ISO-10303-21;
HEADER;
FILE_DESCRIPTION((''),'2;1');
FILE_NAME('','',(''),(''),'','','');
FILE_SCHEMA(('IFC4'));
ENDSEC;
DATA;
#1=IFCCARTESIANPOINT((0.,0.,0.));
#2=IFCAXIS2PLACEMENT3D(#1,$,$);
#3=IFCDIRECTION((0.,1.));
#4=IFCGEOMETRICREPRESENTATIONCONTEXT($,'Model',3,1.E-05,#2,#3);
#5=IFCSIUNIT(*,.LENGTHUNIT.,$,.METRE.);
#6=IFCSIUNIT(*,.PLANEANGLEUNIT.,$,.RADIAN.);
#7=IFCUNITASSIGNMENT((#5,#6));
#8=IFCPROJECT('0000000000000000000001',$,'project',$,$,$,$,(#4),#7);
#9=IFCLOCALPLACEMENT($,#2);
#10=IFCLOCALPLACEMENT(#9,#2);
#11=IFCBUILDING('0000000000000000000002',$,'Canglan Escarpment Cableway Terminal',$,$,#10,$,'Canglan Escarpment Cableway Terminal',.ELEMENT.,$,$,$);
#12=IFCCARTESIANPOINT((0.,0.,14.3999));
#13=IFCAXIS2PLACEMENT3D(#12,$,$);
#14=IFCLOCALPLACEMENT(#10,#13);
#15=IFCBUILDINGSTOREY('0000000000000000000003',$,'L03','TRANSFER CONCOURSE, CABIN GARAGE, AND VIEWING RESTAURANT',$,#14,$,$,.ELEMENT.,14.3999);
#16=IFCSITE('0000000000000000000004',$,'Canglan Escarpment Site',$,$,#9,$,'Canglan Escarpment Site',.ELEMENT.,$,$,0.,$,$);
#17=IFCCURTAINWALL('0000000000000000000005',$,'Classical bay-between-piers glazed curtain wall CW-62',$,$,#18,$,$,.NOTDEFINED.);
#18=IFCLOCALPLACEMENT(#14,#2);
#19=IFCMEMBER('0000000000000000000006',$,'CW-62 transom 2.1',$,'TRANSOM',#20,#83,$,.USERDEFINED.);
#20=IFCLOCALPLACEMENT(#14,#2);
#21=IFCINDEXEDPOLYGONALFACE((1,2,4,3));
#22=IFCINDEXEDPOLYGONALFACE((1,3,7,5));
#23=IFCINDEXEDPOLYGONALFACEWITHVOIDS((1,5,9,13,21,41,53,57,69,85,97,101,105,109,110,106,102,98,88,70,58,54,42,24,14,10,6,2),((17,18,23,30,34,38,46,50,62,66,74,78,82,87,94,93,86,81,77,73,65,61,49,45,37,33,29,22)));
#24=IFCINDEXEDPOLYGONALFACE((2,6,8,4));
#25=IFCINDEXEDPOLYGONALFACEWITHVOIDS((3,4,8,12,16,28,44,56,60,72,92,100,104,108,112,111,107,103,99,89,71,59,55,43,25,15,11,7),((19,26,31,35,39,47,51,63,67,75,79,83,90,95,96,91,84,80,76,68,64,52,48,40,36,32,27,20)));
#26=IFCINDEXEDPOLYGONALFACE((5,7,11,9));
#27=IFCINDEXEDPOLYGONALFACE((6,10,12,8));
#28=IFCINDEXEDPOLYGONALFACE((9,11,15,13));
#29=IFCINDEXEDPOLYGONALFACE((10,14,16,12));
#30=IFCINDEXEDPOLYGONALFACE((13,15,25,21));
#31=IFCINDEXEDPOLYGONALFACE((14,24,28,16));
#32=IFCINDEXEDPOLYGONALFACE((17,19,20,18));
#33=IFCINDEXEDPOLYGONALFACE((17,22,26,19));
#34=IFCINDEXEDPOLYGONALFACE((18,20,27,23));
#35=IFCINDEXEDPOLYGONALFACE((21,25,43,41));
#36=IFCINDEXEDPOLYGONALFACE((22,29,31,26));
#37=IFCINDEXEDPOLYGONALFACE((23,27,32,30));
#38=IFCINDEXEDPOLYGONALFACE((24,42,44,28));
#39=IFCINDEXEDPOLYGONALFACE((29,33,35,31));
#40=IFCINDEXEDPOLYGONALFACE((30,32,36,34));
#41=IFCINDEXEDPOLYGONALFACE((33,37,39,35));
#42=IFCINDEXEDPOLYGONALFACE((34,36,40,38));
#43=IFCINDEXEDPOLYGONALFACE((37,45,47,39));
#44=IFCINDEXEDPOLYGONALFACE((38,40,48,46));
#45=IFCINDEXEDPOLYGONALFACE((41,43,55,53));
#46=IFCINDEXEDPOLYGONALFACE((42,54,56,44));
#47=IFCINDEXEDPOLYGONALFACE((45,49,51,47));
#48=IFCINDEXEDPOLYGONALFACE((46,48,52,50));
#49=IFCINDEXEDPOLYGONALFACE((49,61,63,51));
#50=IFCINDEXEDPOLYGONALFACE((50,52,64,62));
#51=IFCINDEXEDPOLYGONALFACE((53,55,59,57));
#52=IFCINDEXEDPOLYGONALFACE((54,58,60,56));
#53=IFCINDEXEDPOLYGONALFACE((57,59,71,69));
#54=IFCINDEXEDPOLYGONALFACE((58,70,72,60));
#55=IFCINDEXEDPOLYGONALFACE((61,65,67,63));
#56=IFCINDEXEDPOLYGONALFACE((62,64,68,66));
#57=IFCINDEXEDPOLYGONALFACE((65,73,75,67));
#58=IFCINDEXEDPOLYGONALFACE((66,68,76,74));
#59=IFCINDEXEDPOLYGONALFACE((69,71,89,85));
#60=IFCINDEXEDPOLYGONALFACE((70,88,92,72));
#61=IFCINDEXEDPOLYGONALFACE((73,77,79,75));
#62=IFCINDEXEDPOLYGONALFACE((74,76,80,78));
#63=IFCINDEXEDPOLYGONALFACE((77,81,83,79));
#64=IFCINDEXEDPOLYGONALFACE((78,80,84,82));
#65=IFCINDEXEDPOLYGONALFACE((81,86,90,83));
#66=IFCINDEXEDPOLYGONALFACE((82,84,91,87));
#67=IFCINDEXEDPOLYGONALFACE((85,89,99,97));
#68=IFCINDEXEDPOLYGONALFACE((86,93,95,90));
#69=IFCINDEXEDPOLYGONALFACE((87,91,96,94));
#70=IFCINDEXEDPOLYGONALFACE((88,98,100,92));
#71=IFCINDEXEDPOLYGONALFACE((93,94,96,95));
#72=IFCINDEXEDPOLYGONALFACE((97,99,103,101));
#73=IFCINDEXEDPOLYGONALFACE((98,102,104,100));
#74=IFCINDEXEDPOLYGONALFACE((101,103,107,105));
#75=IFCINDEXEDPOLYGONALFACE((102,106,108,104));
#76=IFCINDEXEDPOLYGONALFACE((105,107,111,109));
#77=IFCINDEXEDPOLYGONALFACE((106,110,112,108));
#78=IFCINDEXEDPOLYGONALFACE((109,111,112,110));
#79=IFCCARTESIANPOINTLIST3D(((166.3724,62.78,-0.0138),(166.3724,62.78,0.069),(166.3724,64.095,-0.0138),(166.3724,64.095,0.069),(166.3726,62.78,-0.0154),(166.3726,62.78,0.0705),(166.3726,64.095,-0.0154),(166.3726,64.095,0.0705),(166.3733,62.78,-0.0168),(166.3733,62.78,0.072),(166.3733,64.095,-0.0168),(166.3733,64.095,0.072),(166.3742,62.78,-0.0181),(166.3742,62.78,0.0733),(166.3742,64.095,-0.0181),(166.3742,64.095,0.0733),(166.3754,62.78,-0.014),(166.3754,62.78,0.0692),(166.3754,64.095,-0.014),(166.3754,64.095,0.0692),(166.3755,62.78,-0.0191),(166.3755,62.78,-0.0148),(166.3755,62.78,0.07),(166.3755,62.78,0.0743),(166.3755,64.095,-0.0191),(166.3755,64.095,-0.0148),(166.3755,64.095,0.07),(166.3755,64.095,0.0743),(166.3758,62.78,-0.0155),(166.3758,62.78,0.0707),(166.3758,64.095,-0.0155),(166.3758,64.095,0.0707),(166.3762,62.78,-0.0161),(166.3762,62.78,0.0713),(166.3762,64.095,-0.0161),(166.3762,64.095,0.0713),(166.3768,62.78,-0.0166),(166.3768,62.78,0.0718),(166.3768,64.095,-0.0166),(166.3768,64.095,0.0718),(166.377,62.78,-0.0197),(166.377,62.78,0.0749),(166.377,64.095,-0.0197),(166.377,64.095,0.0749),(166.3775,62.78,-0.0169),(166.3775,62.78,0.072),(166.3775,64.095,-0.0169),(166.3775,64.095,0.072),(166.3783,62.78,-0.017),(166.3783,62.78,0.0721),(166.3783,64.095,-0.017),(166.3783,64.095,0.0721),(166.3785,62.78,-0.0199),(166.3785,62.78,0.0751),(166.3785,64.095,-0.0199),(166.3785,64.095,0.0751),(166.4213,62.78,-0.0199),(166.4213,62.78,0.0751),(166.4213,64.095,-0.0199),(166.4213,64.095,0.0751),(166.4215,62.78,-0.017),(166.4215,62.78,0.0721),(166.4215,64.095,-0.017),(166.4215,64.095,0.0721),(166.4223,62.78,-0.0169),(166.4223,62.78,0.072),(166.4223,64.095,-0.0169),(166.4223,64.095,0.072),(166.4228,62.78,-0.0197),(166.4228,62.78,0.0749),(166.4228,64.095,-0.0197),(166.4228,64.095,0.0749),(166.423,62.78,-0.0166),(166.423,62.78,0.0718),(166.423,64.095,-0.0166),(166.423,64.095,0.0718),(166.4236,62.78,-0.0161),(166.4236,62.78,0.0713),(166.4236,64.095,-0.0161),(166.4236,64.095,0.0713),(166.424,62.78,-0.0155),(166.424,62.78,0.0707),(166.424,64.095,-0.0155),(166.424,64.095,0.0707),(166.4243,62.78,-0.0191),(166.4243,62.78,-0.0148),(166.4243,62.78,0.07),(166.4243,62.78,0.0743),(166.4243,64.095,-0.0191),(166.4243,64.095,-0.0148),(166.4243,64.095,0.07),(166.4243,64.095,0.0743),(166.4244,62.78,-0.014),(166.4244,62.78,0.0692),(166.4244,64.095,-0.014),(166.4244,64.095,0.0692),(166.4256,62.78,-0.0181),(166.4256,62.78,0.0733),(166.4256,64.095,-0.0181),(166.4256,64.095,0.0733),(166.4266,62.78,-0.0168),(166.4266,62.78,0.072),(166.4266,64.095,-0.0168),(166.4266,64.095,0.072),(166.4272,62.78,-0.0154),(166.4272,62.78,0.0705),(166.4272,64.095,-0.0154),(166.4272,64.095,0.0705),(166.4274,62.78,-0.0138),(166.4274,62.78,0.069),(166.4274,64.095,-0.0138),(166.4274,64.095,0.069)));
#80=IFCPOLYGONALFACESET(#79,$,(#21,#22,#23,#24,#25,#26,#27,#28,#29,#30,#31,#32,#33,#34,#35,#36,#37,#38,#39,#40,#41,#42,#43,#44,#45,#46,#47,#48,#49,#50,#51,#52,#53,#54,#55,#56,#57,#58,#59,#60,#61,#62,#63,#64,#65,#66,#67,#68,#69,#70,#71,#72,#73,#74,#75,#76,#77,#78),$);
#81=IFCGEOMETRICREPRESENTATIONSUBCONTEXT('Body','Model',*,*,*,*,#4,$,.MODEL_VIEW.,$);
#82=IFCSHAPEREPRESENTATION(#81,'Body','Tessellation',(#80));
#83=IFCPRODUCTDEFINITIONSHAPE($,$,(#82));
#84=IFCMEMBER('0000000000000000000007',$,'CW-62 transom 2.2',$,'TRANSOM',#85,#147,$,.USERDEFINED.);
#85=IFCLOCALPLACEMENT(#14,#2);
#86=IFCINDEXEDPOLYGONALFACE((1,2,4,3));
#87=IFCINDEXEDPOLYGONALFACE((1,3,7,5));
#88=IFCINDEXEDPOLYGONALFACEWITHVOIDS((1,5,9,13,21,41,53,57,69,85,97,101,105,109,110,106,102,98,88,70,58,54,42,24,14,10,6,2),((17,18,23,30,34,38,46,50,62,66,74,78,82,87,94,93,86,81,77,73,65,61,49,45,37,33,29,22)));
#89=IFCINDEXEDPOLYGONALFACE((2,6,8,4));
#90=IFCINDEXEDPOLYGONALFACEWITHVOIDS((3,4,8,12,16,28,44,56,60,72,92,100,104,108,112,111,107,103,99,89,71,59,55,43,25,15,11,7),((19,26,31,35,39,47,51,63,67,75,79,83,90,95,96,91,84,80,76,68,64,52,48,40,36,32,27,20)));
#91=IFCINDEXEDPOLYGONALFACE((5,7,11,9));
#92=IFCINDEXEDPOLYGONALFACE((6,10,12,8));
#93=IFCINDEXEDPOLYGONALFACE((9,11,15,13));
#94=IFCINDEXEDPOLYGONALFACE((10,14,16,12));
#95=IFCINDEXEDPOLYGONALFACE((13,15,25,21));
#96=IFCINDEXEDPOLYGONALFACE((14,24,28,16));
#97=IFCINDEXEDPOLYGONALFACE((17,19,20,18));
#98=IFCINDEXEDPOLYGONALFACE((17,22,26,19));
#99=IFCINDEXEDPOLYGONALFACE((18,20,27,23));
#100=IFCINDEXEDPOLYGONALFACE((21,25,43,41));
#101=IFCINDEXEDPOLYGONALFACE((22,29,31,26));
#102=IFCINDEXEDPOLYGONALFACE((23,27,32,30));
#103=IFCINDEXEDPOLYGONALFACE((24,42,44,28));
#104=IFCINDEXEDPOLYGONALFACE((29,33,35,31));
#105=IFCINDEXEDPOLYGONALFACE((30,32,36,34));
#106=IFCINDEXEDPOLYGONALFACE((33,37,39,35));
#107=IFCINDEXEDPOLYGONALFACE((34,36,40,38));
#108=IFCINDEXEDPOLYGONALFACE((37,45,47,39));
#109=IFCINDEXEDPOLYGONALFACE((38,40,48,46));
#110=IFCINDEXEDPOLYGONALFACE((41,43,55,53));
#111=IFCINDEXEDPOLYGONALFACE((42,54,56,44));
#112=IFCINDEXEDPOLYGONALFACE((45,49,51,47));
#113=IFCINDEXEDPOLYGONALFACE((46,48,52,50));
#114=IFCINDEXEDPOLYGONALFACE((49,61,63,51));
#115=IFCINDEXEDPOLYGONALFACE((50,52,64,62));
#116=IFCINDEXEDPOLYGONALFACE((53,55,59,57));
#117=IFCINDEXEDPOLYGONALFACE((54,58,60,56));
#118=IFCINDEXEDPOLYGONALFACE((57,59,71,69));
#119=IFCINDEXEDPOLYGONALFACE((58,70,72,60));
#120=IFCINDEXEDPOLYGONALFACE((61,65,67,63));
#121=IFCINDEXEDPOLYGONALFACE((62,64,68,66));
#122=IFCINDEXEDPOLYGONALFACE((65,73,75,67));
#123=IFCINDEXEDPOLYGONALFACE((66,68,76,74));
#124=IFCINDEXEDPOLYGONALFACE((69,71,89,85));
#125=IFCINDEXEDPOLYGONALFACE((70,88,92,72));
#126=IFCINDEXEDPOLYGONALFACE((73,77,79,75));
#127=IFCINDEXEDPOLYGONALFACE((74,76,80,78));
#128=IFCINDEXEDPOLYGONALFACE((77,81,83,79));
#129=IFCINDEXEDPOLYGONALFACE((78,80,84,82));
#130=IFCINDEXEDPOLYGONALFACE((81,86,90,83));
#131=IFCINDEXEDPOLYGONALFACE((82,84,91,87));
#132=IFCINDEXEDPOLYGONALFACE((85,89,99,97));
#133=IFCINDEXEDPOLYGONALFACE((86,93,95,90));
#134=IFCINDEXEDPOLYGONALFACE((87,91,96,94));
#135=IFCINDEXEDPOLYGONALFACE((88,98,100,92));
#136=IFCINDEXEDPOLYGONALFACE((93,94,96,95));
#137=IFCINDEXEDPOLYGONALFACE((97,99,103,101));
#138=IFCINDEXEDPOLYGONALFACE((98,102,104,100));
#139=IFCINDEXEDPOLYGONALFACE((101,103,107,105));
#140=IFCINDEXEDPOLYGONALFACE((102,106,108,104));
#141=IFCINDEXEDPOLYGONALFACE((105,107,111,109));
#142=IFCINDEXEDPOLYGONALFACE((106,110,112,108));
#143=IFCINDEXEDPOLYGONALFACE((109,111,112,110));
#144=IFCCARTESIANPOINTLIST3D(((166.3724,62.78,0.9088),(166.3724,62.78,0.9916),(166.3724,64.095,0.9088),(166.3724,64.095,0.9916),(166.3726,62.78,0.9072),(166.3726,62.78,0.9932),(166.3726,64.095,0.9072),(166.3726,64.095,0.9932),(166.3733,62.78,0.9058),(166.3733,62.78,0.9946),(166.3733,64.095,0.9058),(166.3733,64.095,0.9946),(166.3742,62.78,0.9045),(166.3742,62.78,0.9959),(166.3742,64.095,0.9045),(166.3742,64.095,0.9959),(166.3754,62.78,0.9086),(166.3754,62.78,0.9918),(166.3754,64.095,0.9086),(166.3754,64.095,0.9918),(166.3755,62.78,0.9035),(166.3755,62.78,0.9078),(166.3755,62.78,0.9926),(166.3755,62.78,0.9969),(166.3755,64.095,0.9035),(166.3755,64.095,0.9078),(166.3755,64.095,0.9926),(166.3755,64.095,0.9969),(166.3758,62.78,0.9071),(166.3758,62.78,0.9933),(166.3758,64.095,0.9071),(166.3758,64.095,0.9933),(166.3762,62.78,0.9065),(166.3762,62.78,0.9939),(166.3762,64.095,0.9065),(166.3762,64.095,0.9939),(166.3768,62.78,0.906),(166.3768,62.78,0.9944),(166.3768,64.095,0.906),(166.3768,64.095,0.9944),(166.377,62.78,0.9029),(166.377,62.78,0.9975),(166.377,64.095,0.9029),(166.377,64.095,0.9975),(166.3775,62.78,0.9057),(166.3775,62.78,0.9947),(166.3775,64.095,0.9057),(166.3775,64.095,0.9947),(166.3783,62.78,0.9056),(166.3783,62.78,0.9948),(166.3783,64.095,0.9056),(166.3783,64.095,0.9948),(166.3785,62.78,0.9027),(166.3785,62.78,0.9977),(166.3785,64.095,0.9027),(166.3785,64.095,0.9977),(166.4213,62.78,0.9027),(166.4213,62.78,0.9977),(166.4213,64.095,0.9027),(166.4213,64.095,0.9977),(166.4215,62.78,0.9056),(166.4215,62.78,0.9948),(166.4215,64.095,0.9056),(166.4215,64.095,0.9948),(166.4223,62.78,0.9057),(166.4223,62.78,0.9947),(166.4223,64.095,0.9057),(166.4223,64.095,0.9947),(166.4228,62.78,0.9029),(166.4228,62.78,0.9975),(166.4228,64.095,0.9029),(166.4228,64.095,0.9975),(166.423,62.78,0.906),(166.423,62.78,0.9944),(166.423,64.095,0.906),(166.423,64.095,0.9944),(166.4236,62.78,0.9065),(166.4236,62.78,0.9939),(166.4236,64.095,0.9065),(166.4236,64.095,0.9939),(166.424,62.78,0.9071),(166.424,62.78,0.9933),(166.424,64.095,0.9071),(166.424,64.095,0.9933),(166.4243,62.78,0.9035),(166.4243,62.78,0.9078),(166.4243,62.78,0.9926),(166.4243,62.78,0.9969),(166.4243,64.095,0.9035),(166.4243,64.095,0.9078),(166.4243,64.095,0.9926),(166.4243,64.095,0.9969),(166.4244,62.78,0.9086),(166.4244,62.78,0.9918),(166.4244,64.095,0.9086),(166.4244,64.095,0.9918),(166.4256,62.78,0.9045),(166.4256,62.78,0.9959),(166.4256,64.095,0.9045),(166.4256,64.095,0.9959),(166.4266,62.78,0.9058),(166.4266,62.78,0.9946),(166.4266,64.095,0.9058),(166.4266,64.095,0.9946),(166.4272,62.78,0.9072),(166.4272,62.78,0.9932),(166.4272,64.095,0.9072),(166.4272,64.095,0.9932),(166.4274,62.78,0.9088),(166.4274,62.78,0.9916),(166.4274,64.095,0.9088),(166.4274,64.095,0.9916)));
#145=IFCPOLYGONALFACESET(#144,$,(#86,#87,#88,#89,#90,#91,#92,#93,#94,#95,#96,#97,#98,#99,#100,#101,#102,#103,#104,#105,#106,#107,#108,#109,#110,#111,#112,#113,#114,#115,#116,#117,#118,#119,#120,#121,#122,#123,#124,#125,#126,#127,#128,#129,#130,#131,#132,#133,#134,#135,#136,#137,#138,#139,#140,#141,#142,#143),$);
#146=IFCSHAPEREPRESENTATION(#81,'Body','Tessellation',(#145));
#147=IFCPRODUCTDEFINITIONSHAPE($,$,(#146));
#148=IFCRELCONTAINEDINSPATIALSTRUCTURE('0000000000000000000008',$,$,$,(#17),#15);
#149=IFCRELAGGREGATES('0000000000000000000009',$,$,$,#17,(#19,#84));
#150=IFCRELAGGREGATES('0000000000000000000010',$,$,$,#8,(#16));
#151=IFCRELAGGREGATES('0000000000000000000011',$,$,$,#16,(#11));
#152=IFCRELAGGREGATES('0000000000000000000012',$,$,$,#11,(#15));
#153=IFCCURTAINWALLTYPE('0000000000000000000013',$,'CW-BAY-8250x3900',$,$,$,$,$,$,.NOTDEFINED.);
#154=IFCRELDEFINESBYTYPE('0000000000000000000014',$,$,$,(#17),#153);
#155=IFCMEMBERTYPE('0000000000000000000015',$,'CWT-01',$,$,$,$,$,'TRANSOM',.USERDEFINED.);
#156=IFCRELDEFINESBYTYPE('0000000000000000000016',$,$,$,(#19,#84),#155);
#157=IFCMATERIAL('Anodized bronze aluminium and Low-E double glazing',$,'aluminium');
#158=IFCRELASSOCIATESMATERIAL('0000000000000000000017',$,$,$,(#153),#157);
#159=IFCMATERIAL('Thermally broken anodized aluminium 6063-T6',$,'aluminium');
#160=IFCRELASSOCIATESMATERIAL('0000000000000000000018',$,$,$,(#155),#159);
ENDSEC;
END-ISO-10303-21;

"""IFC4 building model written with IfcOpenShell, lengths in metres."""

from ifc_helpers import new_model, si_unit, direction, frame, origin, origin_2d, place, context, subcontext, project, spatial, hollow_rectangle, extrude, material, material_profile, profile_set, type_object, element, aggregate, save


model = new_model("IFC4")

# Units and contexts
model_context = context("Model", 3, precision=1e-05, world=origin(), true_north=direction((0.0, 1.0)))
body_context = subcontext(model_context, "Body", "Model", "MODEL_VIEW")
ifc_project = project(units=[si_unit("LENGTHUNIT", "METRE"), si_unit("PLANEANGLEUNIT", "RADIAN")], contexts=[model_context])

# Site, building, storey
site_placement = place(None, origin())
site = spatial("IfcSite", under=ifc_project, at=site_placement, Name="Canglan Escarpment Site", LongName="Canglan Escarpment Site", CompositionType="ELEMENT", RefElevation=0.0)
building_placement = place(site_placement, origin())
building = spatial("IfcBuilding", under=site, at=building_placement, Name="Canglan Escarpment Cableway Terminal", LongName="Canglan Escarpment Cableway Terminal", CompositionType="ELEMENT")
storey_placement = place(building_placement, frame((0.0, 0.0, 14.3999)))
storey = spatial("IfcBuildingStorey", under=building, at=storey_placement, Name="L03", Description="TRANSFER CONCOURSE, CABIN GARAGE, AND VIEWING RESTAURANT", CompositionType="ELEMENT", Elevation=14.3999)

# Curtain wall, members
ifc_material_1 = material(Name="Anodized bronze aluminium and Low-E double glazing", Category="aluminium")
curtain_wall_type = type_object("IfcCurtainWallType", Name="CW-BAY-8250x3900", PredefinedType="NOTDEFINED", material=ifc_material_1)
curtain_wall_placement = place(storey_placement, origin())
curtain_wall = element("IfcCurtainWall", 1, at=curtain_wall_placement, inside=storey, type_object=curtain_wall_type, Name="Classical bay-between-piers glazed curtain wall CW-62", PredefinedType="NOTDEFINED")
ifc_material_2 = material(Name="Thermally broken anodized aluminium 6063-T6", Category="aluminium")
ifc_material_profile_1 = material_profile(ifc_material_2, hollow_rectangle(XDim=0.0549, YDim=0.095, WallThickness=0.0029, InnerFilletRadius=0.0029, OuterFilletRadius=0.0061, at=origin_2d()), Name="ALU-TRAN 55x95x3")
ifc_profile_set_1 = profile_set([ifc_material_profile_1], Name="Thermally broken anodized aluminium 6063-T6")
member_type_1 = type_object("IfcMemberType", Name="CWT-01", ElementType="TRANSOM", PredefinedType="USERDEFINED", material=ifc_profile_set_1)
member_1_placement = place(storey_placement, frame((166.3999, 62.78, 0.0276), z_axis=(0.0, 1.0, 0.0), x_axis=(-1.0, 0.0, 0.0)))
member_1 = element("IfcMember", 2, at=member_1_placement, type_object=member_type_1, Name="CW-62 transom 2.1", ObjectType="TRANSOM", PredefinedType="USERDEFINED", context=body_context, shape_type="SweptSolid", body=[
    extrude(hollow_rectangle(XDim=0.0549, YDim=0.095, WallThickness=0.0029, InnerFilletRadius=0.0029, OuterFilletRadius=0.0061, at=origin_2d()), origin(), (0.0, 0.0, 1.0), 1.3149),
])
member_2_placement = place(storey_placement, frame((166.3999, 62.78, 0.9502), z_axis=(0.0, 1.0, 0.0), x_axis=(-1.0, 0.0, 0.0)))
member_2 = element("IfcMember", 3, at=member_2_placement, type_object=member_type_1, Name="CW-62 transom 2.2", ObjectType="TRANSOM", PredefinedType="USERDEFINED", context=body_context, shape_type="SweptSolid", body=[
    extrude(hollow_rectangle(XDim=0.0549, YDim=0.095, WallThickness=0.0029, InnerFilletRadius=0.0029, OuterFilletRadius=0.0061, at=origin_2d()), origin(), (0.0, 0.0, 1.0), 1.3149),
])

aggregate(curtain_wall, [member_1, member_2])

save(model, "model.ifc")
